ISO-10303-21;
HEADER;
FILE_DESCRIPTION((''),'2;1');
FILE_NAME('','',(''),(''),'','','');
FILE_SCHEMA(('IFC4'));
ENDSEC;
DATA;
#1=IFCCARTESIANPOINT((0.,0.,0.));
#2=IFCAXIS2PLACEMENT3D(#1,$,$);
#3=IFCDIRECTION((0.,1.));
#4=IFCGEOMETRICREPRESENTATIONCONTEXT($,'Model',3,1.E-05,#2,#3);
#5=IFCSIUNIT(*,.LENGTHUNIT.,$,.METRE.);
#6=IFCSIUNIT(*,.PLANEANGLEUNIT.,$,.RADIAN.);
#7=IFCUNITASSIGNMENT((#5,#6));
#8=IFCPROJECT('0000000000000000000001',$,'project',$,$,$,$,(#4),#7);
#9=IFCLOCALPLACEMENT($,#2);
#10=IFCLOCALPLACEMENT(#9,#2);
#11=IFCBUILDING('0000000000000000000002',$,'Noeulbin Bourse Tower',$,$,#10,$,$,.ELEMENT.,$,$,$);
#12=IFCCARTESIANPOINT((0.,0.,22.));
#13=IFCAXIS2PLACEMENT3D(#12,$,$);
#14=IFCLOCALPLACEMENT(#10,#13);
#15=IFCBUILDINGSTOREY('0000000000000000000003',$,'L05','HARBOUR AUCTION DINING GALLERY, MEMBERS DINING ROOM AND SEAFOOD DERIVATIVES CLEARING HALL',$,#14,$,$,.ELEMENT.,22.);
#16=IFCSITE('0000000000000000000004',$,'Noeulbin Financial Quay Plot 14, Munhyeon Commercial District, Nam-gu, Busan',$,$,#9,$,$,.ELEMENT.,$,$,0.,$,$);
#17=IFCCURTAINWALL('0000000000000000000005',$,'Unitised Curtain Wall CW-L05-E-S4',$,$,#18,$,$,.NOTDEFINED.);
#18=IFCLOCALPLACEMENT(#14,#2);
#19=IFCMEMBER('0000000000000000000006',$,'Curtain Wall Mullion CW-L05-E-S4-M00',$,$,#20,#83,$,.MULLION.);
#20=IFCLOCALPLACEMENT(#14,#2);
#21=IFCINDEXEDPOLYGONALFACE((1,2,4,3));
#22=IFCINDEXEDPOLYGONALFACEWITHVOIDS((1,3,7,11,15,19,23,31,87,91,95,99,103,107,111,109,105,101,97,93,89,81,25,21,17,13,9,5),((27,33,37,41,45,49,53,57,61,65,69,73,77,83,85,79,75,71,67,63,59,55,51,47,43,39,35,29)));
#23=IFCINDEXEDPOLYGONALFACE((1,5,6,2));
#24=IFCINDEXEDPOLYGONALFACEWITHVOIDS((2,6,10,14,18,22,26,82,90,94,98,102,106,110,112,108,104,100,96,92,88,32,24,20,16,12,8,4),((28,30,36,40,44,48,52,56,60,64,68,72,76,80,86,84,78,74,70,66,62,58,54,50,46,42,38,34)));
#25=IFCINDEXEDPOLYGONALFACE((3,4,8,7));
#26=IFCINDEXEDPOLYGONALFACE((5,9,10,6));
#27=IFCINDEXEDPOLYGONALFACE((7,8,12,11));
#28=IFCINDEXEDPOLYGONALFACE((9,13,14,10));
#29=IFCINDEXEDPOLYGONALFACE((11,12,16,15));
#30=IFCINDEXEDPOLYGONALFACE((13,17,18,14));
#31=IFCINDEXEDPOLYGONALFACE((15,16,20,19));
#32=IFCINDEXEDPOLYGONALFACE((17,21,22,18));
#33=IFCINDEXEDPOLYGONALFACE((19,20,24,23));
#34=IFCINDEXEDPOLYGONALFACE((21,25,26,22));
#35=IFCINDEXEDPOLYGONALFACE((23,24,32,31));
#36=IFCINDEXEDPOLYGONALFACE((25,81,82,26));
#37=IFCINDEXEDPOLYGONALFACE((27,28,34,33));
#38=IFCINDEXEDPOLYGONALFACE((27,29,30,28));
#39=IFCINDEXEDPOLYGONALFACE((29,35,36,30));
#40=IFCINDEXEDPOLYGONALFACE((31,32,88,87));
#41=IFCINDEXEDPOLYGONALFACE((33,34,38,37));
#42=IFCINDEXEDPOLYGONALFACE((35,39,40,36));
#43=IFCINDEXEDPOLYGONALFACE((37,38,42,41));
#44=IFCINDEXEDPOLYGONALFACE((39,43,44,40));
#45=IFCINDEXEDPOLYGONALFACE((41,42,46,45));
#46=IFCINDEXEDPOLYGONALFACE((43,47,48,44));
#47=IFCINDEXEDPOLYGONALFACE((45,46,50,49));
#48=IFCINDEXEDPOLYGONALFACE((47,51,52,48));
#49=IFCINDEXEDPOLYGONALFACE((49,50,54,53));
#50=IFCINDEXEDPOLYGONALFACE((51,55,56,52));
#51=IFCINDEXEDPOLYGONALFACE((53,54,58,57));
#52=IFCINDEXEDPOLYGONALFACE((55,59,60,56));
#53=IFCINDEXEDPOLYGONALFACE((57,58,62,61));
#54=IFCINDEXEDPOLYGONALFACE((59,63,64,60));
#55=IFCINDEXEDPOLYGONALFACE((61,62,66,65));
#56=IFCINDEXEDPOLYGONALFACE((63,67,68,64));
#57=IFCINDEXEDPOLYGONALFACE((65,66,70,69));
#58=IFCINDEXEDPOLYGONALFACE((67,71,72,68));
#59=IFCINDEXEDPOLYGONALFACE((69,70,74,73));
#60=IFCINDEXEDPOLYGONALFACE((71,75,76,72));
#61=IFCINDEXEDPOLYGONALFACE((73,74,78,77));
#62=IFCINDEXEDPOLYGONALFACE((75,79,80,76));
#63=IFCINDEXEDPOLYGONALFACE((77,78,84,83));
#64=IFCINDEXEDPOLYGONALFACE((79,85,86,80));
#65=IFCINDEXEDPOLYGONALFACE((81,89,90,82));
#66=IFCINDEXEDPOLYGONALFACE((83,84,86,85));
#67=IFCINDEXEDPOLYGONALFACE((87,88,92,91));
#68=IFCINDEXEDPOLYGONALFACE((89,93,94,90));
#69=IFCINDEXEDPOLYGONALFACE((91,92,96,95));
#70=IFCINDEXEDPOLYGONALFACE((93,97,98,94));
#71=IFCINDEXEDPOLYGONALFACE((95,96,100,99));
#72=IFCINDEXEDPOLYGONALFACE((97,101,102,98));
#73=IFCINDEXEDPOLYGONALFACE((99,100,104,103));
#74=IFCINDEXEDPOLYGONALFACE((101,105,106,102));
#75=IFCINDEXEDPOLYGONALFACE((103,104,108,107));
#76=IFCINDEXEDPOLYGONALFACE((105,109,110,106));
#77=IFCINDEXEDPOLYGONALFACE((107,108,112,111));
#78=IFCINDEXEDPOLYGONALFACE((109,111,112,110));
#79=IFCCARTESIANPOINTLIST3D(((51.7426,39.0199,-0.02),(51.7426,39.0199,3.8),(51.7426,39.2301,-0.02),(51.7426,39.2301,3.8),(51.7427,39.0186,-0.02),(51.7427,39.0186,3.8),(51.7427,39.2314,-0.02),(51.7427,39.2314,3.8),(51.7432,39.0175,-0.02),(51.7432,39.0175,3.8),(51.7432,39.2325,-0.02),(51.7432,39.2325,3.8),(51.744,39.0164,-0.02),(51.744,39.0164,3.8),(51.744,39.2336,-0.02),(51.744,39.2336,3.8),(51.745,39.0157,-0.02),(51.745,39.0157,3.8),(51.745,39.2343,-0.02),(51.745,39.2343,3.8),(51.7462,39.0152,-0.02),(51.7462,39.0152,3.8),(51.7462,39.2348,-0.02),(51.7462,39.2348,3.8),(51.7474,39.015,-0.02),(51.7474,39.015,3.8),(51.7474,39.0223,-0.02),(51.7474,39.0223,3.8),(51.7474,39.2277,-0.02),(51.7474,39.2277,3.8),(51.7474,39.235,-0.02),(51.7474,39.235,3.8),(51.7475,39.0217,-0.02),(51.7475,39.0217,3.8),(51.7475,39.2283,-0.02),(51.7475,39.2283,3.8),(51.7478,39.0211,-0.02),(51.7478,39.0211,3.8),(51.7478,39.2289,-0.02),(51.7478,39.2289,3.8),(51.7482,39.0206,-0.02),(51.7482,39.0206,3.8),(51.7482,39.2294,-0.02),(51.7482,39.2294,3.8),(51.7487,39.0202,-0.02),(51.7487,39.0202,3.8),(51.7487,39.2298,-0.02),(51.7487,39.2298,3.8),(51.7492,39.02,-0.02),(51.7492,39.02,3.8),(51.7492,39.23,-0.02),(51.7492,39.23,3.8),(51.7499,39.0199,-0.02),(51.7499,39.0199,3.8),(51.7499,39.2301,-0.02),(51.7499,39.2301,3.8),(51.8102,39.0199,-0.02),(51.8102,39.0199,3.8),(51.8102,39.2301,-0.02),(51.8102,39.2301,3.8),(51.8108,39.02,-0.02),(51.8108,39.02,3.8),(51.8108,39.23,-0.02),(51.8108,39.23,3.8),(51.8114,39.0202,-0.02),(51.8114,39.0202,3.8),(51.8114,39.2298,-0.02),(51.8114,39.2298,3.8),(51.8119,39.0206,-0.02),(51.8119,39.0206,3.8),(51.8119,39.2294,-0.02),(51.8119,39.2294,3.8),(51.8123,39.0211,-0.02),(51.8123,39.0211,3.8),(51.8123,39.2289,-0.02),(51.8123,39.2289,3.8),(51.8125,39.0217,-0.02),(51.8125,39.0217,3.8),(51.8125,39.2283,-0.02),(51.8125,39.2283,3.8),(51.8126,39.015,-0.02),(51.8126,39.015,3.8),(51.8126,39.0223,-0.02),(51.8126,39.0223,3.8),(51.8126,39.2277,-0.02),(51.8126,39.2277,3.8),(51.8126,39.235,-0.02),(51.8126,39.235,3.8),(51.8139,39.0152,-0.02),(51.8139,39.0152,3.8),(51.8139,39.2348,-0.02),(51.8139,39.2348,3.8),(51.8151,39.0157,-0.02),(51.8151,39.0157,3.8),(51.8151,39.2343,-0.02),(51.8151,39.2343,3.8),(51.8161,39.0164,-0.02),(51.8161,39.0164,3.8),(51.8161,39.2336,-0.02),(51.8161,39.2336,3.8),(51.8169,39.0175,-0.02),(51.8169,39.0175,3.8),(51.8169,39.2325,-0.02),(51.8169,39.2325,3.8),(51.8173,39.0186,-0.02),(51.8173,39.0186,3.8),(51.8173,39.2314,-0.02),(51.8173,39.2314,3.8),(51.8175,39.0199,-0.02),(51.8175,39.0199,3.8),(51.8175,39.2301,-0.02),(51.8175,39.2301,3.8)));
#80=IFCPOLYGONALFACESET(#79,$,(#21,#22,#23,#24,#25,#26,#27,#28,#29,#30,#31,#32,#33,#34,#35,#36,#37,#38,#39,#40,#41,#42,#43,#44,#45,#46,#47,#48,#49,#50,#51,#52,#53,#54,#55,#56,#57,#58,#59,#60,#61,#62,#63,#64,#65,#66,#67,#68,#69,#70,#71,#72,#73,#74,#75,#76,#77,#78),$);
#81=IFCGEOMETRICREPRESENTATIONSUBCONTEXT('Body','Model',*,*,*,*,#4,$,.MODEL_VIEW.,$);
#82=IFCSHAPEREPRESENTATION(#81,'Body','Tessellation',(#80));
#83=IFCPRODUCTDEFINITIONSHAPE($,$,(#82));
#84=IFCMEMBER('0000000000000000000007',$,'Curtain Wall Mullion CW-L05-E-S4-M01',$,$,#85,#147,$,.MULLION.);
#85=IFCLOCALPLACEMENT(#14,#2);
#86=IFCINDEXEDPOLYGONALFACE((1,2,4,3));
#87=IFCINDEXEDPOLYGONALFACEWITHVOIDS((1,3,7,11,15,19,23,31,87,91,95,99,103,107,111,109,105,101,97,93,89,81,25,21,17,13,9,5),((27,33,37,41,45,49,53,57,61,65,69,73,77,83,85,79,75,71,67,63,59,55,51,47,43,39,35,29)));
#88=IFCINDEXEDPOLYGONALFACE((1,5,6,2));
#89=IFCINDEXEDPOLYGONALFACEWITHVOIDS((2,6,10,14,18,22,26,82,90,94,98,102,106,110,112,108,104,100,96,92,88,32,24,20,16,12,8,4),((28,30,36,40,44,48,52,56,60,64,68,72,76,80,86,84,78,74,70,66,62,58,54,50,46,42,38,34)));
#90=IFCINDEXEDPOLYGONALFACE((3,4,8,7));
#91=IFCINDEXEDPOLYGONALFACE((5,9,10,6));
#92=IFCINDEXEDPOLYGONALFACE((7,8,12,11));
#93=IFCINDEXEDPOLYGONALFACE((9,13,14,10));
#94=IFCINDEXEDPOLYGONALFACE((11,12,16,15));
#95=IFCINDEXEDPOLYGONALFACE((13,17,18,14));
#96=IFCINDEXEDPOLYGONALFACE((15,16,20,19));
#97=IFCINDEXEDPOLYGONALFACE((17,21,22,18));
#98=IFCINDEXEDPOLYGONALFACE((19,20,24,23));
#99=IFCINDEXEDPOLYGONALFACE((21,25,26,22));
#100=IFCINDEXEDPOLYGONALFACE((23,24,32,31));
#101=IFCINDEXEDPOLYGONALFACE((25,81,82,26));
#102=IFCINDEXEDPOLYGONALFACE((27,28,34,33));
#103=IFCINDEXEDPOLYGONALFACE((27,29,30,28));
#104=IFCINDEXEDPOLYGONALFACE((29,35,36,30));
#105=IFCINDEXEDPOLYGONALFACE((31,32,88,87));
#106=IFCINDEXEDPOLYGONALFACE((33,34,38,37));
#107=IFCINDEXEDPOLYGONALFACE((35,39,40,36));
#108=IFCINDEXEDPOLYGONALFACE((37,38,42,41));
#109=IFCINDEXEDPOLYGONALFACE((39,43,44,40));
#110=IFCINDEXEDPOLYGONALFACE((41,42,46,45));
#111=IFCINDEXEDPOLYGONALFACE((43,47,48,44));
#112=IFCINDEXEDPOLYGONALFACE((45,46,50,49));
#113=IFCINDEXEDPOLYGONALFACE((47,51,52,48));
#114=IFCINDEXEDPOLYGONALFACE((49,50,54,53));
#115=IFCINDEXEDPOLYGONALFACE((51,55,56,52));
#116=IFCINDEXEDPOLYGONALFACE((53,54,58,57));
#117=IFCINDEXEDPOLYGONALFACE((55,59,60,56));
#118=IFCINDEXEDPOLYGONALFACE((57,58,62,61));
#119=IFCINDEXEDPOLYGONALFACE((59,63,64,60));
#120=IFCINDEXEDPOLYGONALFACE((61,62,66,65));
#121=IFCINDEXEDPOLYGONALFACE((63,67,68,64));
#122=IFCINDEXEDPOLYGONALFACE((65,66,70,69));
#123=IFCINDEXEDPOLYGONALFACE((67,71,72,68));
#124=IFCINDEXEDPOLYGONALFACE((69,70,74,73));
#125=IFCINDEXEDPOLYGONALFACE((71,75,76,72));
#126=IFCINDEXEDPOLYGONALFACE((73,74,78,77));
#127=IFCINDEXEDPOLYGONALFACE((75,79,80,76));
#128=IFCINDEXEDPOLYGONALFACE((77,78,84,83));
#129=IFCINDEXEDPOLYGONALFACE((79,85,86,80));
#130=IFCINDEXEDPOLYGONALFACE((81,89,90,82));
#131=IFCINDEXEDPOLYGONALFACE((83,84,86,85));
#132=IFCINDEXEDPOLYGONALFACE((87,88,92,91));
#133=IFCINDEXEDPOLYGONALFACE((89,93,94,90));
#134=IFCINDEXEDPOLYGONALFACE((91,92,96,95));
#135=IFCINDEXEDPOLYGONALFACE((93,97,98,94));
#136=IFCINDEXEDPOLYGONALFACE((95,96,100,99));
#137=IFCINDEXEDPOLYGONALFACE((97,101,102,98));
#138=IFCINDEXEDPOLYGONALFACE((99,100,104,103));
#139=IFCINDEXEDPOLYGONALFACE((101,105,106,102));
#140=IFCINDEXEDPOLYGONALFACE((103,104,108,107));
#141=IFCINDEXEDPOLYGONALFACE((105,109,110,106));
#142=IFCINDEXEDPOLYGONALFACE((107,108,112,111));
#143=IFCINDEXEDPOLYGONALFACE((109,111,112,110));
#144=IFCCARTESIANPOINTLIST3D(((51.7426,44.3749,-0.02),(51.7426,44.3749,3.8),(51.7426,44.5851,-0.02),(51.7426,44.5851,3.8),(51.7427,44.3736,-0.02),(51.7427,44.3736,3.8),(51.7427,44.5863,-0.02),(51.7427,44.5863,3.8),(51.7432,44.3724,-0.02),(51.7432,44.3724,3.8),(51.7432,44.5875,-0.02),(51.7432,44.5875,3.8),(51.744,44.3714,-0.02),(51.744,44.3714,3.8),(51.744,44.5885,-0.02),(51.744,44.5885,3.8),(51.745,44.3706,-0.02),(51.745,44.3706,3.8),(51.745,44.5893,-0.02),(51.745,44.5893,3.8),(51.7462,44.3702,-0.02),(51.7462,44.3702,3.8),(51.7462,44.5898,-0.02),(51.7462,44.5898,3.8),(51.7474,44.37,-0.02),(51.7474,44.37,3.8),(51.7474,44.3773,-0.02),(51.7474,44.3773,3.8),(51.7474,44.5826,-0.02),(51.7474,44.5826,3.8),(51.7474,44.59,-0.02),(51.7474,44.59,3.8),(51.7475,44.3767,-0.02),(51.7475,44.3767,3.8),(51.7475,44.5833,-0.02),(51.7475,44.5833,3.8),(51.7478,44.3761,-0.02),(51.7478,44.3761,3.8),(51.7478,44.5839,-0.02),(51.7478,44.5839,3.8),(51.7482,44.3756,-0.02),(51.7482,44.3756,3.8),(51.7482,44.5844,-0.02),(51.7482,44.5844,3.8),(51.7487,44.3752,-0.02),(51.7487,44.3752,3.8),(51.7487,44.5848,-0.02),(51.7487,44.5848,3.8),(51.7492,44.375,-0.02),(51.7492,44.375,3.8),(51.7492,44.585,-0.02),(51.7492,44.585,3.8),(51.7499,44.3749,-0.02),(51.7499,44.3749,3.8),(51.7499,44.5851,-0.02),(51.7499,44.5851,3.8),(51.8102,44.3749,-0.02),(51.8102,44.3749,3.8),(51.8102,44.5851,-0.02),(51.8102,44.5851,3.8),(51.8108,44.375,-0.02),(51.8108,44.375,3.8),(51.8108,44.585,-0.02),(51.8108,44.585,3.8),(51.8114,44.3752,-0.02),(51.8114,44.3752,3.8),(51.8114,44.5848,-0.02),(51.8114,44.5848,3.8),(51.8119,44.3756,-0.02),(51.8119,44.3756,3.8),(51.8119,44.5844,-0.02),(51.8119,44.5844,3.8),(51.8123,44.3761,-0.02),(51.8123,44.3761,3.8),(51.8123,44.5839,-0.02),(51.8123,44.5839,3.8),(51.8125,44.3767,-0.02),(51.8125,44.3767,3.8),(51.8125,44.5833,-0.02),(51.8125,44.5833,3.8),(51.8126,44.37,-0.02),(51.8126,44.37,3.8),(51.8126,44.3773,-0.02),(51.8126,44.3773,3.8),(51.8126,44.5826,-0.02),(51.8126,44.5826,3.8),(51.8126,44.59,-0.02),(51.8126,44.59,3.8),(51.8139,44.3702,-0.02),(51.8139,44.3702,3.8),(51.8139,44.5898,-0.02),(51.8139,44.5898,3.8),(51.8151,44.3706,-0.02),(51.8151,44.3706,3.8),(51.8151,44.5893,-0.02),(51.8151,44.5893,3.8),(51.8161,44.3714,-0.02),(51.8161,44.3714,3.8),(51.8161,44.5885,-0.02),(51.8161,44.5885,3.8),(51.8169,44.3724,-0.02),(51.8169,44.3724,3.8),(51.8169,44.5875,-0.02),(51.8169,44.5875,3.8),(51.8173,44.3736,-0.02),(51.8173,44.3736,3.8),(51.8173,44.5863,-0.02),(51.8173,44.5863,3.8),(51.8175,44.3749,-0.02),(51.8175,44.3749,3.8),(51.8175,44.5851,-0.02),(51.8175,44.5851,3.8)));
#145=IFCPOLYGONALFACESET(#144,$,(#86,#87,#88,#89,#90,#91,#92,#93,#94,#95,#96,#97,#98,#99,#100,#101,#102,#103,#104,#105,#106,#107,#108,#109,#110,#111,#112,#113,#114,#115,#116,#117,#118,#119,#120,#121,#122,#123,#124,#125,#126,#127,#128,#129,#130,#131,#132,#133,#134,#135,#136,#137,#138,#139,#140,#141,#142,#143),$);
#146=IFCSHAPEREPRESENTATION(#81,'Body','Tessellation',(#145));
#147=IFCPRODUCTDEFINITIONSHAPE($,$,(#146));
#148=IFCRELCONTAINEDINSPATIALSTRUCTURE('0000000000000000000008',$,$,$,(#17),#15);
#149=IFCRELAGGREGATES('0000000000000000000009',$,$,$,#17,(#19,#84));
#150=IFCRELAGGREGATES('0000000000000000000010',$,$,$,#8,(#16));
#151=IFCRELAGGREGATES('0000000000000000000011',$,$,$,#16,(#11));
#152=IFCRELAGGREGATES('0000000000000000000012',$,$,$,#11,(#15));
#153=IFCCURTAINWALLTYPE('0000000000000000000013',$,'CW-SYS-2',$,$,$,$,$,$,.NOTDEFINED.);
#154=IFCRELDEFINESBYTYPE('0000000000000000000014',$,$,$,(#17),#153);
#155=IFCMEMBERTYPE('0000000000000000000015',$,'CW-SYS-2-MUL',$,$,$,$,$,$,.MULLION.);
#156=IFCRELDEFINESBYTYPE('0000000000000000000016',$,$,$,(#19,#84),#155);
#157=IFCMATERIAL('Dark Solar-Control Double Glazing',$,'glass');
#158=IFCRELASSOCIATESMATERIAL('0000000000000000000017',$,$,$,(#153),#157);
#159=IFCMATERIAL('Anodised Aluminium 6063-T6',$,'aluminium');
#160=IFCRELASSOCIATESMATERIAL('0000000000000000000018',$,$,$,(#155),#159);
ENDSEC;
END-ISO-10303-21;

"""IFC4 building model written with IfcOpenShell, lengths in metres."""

from ifc_helpers import new_model, si_unit, direction, frame, origin, origin_2d, place, context, subcontext, project, spatial, hollow_rectangle, extrude, material, material_profile, profile_set, type_object, element, aggregate, save


model = new_model("IFC4")

# Units and contexts
model_context = context("Model", 3, precision=1e-05, world=origin(), true_north=direction((0.0, 1.0)))
body_context = subcontext(model_context, "Body", "Model", "MODEL_VIEW")
ifc_project = project(units=[si_unit("LENGTHUNIT", "METRE"), si_unit("PLANEANGLEUNIT", "RADIAN")], contexts=[model_context])

# Site, building, storey
site_placement = place(None, origin())
site = spatial("IfcSite", under=ifc_project, at=site_placement, Name="Noeulbin Financial Quay Plot 14, Munhyeon Commercial District, Nam-gu, Busan", CompositionType="ELEMENT", RefElevation=0.0)
building_placement = place(site_placement, origin())
building = spatial("IfcBuilding", under=site, at=building_placement, Name="Noeulbin Bourse Tower", CompositionType="ELEMENT")
storey_placement = place(building_placement, frame((0.0, 0.0, 22.0)))
storey = spatial("IfcBuildingStorey", under=building, at=storey_placement, Name="L05", Description="HARBOUR AUCTION DINING GALLERY, MEMBERS DINING ROOM AND SEAFOOD DERIVATIVES CLEARING HALL", CompositionType="ELEMENT", Elevation=22.0)

# Shared definitions
ifc_material_1 = material(Name="Anodised Aluminium 6063-T6", Category="aluminium")

# Shared definitions
ifc_material_2 = material(Name="Dark Solar-Control Double Glazing", Category="glass")
curtain_wall_type_1 = type_object("IfcCurtainWallType", Name="CW-SYS-2", PredefinedType="NOTDEFINED", material=ifc_material_2)
ifc_material_profile_1 = material_profile(ifc_material_1, hollow_rectangle(XDim=0.075, YDim=0.22, WallThickness=0.0049, InnerFilletRadius=0.0024, OuterFilletRadius=0.0049, at=origin_2d()), Name="ALU-MULL-75x220x5", Category="LoadBearing")
ifc_profile_set_1 = profile_set([ifc_material_profile_1], Name="Anodised Aluminium 6063-T6")
member_type_1 = type_object("IfcMemberType", Name="CW-SYS-2-MUL", PredefinedType="MULLION", material=ifc_profile_set_1)

# Curtain wall, members
curtain_wall_1_placement = place(storey_placement, origin())
curtain_wall_1 = element("IfcCurtainWall", 1, at=curtain_wall_1_placement, inside=storey, type_object=curtain_wall_type_1, Name="Unitised Curtain Wall CW-L05-E-S4", PredefinedType="NOTDEFINED")
member_1_placement = place(storey_placement, frame((51.78, 39.125, -0.02), z_axis=(0.0, 0.0, 1.0), x_axis=(1.0, 0.0, 0.0)))
member_1 = element("IfcMember", 2, at=member_1_placement, type_object=member_type_1, Name="Curtain Wall Mullion CW-L05-E-S4-M00", PredefinedType="MULLION", context=body_context, shape_type="SweptSolid", body=[
    extrude(hollow_rectangle(XDim=0.075, YDim=0.22, WallThickness=0.0049, InnerFilletRadius=0.0024, OuterFilletRadius=0.0049, at=origin_2d()), origin(), (0.0, 0.0, 1.0), 3.8201),
])
member_2_placement = place(storey_placement, frame((51.78, 44.48, -0.02), z_axis=(0.0, 0.0, 1.0), x_axis=(1.0, 0.0, 0.0)))
member_2 = element("IfcMember", 3, at=member_2_placement, type_object=member_type_1, Name="Curtain Wall Mullion CW-L05-E-S4-M01", PredefinedType="MULLION", context=body_context, shape_type="SweptSolid", body=[
    extrude(hollow_rectangle(XDim=0.075, YDim=0.22, WallThickness=0.0049, InnerFilletRadius=0.0024, OuterFilletRadius=0.0049, at=origin_2d()), origin(), (0.0, 0.0, 1.0), 3.8201),
])

aggregate(curtain_wall_1, [member_1, member_2])

save(model, "model.ifc")
